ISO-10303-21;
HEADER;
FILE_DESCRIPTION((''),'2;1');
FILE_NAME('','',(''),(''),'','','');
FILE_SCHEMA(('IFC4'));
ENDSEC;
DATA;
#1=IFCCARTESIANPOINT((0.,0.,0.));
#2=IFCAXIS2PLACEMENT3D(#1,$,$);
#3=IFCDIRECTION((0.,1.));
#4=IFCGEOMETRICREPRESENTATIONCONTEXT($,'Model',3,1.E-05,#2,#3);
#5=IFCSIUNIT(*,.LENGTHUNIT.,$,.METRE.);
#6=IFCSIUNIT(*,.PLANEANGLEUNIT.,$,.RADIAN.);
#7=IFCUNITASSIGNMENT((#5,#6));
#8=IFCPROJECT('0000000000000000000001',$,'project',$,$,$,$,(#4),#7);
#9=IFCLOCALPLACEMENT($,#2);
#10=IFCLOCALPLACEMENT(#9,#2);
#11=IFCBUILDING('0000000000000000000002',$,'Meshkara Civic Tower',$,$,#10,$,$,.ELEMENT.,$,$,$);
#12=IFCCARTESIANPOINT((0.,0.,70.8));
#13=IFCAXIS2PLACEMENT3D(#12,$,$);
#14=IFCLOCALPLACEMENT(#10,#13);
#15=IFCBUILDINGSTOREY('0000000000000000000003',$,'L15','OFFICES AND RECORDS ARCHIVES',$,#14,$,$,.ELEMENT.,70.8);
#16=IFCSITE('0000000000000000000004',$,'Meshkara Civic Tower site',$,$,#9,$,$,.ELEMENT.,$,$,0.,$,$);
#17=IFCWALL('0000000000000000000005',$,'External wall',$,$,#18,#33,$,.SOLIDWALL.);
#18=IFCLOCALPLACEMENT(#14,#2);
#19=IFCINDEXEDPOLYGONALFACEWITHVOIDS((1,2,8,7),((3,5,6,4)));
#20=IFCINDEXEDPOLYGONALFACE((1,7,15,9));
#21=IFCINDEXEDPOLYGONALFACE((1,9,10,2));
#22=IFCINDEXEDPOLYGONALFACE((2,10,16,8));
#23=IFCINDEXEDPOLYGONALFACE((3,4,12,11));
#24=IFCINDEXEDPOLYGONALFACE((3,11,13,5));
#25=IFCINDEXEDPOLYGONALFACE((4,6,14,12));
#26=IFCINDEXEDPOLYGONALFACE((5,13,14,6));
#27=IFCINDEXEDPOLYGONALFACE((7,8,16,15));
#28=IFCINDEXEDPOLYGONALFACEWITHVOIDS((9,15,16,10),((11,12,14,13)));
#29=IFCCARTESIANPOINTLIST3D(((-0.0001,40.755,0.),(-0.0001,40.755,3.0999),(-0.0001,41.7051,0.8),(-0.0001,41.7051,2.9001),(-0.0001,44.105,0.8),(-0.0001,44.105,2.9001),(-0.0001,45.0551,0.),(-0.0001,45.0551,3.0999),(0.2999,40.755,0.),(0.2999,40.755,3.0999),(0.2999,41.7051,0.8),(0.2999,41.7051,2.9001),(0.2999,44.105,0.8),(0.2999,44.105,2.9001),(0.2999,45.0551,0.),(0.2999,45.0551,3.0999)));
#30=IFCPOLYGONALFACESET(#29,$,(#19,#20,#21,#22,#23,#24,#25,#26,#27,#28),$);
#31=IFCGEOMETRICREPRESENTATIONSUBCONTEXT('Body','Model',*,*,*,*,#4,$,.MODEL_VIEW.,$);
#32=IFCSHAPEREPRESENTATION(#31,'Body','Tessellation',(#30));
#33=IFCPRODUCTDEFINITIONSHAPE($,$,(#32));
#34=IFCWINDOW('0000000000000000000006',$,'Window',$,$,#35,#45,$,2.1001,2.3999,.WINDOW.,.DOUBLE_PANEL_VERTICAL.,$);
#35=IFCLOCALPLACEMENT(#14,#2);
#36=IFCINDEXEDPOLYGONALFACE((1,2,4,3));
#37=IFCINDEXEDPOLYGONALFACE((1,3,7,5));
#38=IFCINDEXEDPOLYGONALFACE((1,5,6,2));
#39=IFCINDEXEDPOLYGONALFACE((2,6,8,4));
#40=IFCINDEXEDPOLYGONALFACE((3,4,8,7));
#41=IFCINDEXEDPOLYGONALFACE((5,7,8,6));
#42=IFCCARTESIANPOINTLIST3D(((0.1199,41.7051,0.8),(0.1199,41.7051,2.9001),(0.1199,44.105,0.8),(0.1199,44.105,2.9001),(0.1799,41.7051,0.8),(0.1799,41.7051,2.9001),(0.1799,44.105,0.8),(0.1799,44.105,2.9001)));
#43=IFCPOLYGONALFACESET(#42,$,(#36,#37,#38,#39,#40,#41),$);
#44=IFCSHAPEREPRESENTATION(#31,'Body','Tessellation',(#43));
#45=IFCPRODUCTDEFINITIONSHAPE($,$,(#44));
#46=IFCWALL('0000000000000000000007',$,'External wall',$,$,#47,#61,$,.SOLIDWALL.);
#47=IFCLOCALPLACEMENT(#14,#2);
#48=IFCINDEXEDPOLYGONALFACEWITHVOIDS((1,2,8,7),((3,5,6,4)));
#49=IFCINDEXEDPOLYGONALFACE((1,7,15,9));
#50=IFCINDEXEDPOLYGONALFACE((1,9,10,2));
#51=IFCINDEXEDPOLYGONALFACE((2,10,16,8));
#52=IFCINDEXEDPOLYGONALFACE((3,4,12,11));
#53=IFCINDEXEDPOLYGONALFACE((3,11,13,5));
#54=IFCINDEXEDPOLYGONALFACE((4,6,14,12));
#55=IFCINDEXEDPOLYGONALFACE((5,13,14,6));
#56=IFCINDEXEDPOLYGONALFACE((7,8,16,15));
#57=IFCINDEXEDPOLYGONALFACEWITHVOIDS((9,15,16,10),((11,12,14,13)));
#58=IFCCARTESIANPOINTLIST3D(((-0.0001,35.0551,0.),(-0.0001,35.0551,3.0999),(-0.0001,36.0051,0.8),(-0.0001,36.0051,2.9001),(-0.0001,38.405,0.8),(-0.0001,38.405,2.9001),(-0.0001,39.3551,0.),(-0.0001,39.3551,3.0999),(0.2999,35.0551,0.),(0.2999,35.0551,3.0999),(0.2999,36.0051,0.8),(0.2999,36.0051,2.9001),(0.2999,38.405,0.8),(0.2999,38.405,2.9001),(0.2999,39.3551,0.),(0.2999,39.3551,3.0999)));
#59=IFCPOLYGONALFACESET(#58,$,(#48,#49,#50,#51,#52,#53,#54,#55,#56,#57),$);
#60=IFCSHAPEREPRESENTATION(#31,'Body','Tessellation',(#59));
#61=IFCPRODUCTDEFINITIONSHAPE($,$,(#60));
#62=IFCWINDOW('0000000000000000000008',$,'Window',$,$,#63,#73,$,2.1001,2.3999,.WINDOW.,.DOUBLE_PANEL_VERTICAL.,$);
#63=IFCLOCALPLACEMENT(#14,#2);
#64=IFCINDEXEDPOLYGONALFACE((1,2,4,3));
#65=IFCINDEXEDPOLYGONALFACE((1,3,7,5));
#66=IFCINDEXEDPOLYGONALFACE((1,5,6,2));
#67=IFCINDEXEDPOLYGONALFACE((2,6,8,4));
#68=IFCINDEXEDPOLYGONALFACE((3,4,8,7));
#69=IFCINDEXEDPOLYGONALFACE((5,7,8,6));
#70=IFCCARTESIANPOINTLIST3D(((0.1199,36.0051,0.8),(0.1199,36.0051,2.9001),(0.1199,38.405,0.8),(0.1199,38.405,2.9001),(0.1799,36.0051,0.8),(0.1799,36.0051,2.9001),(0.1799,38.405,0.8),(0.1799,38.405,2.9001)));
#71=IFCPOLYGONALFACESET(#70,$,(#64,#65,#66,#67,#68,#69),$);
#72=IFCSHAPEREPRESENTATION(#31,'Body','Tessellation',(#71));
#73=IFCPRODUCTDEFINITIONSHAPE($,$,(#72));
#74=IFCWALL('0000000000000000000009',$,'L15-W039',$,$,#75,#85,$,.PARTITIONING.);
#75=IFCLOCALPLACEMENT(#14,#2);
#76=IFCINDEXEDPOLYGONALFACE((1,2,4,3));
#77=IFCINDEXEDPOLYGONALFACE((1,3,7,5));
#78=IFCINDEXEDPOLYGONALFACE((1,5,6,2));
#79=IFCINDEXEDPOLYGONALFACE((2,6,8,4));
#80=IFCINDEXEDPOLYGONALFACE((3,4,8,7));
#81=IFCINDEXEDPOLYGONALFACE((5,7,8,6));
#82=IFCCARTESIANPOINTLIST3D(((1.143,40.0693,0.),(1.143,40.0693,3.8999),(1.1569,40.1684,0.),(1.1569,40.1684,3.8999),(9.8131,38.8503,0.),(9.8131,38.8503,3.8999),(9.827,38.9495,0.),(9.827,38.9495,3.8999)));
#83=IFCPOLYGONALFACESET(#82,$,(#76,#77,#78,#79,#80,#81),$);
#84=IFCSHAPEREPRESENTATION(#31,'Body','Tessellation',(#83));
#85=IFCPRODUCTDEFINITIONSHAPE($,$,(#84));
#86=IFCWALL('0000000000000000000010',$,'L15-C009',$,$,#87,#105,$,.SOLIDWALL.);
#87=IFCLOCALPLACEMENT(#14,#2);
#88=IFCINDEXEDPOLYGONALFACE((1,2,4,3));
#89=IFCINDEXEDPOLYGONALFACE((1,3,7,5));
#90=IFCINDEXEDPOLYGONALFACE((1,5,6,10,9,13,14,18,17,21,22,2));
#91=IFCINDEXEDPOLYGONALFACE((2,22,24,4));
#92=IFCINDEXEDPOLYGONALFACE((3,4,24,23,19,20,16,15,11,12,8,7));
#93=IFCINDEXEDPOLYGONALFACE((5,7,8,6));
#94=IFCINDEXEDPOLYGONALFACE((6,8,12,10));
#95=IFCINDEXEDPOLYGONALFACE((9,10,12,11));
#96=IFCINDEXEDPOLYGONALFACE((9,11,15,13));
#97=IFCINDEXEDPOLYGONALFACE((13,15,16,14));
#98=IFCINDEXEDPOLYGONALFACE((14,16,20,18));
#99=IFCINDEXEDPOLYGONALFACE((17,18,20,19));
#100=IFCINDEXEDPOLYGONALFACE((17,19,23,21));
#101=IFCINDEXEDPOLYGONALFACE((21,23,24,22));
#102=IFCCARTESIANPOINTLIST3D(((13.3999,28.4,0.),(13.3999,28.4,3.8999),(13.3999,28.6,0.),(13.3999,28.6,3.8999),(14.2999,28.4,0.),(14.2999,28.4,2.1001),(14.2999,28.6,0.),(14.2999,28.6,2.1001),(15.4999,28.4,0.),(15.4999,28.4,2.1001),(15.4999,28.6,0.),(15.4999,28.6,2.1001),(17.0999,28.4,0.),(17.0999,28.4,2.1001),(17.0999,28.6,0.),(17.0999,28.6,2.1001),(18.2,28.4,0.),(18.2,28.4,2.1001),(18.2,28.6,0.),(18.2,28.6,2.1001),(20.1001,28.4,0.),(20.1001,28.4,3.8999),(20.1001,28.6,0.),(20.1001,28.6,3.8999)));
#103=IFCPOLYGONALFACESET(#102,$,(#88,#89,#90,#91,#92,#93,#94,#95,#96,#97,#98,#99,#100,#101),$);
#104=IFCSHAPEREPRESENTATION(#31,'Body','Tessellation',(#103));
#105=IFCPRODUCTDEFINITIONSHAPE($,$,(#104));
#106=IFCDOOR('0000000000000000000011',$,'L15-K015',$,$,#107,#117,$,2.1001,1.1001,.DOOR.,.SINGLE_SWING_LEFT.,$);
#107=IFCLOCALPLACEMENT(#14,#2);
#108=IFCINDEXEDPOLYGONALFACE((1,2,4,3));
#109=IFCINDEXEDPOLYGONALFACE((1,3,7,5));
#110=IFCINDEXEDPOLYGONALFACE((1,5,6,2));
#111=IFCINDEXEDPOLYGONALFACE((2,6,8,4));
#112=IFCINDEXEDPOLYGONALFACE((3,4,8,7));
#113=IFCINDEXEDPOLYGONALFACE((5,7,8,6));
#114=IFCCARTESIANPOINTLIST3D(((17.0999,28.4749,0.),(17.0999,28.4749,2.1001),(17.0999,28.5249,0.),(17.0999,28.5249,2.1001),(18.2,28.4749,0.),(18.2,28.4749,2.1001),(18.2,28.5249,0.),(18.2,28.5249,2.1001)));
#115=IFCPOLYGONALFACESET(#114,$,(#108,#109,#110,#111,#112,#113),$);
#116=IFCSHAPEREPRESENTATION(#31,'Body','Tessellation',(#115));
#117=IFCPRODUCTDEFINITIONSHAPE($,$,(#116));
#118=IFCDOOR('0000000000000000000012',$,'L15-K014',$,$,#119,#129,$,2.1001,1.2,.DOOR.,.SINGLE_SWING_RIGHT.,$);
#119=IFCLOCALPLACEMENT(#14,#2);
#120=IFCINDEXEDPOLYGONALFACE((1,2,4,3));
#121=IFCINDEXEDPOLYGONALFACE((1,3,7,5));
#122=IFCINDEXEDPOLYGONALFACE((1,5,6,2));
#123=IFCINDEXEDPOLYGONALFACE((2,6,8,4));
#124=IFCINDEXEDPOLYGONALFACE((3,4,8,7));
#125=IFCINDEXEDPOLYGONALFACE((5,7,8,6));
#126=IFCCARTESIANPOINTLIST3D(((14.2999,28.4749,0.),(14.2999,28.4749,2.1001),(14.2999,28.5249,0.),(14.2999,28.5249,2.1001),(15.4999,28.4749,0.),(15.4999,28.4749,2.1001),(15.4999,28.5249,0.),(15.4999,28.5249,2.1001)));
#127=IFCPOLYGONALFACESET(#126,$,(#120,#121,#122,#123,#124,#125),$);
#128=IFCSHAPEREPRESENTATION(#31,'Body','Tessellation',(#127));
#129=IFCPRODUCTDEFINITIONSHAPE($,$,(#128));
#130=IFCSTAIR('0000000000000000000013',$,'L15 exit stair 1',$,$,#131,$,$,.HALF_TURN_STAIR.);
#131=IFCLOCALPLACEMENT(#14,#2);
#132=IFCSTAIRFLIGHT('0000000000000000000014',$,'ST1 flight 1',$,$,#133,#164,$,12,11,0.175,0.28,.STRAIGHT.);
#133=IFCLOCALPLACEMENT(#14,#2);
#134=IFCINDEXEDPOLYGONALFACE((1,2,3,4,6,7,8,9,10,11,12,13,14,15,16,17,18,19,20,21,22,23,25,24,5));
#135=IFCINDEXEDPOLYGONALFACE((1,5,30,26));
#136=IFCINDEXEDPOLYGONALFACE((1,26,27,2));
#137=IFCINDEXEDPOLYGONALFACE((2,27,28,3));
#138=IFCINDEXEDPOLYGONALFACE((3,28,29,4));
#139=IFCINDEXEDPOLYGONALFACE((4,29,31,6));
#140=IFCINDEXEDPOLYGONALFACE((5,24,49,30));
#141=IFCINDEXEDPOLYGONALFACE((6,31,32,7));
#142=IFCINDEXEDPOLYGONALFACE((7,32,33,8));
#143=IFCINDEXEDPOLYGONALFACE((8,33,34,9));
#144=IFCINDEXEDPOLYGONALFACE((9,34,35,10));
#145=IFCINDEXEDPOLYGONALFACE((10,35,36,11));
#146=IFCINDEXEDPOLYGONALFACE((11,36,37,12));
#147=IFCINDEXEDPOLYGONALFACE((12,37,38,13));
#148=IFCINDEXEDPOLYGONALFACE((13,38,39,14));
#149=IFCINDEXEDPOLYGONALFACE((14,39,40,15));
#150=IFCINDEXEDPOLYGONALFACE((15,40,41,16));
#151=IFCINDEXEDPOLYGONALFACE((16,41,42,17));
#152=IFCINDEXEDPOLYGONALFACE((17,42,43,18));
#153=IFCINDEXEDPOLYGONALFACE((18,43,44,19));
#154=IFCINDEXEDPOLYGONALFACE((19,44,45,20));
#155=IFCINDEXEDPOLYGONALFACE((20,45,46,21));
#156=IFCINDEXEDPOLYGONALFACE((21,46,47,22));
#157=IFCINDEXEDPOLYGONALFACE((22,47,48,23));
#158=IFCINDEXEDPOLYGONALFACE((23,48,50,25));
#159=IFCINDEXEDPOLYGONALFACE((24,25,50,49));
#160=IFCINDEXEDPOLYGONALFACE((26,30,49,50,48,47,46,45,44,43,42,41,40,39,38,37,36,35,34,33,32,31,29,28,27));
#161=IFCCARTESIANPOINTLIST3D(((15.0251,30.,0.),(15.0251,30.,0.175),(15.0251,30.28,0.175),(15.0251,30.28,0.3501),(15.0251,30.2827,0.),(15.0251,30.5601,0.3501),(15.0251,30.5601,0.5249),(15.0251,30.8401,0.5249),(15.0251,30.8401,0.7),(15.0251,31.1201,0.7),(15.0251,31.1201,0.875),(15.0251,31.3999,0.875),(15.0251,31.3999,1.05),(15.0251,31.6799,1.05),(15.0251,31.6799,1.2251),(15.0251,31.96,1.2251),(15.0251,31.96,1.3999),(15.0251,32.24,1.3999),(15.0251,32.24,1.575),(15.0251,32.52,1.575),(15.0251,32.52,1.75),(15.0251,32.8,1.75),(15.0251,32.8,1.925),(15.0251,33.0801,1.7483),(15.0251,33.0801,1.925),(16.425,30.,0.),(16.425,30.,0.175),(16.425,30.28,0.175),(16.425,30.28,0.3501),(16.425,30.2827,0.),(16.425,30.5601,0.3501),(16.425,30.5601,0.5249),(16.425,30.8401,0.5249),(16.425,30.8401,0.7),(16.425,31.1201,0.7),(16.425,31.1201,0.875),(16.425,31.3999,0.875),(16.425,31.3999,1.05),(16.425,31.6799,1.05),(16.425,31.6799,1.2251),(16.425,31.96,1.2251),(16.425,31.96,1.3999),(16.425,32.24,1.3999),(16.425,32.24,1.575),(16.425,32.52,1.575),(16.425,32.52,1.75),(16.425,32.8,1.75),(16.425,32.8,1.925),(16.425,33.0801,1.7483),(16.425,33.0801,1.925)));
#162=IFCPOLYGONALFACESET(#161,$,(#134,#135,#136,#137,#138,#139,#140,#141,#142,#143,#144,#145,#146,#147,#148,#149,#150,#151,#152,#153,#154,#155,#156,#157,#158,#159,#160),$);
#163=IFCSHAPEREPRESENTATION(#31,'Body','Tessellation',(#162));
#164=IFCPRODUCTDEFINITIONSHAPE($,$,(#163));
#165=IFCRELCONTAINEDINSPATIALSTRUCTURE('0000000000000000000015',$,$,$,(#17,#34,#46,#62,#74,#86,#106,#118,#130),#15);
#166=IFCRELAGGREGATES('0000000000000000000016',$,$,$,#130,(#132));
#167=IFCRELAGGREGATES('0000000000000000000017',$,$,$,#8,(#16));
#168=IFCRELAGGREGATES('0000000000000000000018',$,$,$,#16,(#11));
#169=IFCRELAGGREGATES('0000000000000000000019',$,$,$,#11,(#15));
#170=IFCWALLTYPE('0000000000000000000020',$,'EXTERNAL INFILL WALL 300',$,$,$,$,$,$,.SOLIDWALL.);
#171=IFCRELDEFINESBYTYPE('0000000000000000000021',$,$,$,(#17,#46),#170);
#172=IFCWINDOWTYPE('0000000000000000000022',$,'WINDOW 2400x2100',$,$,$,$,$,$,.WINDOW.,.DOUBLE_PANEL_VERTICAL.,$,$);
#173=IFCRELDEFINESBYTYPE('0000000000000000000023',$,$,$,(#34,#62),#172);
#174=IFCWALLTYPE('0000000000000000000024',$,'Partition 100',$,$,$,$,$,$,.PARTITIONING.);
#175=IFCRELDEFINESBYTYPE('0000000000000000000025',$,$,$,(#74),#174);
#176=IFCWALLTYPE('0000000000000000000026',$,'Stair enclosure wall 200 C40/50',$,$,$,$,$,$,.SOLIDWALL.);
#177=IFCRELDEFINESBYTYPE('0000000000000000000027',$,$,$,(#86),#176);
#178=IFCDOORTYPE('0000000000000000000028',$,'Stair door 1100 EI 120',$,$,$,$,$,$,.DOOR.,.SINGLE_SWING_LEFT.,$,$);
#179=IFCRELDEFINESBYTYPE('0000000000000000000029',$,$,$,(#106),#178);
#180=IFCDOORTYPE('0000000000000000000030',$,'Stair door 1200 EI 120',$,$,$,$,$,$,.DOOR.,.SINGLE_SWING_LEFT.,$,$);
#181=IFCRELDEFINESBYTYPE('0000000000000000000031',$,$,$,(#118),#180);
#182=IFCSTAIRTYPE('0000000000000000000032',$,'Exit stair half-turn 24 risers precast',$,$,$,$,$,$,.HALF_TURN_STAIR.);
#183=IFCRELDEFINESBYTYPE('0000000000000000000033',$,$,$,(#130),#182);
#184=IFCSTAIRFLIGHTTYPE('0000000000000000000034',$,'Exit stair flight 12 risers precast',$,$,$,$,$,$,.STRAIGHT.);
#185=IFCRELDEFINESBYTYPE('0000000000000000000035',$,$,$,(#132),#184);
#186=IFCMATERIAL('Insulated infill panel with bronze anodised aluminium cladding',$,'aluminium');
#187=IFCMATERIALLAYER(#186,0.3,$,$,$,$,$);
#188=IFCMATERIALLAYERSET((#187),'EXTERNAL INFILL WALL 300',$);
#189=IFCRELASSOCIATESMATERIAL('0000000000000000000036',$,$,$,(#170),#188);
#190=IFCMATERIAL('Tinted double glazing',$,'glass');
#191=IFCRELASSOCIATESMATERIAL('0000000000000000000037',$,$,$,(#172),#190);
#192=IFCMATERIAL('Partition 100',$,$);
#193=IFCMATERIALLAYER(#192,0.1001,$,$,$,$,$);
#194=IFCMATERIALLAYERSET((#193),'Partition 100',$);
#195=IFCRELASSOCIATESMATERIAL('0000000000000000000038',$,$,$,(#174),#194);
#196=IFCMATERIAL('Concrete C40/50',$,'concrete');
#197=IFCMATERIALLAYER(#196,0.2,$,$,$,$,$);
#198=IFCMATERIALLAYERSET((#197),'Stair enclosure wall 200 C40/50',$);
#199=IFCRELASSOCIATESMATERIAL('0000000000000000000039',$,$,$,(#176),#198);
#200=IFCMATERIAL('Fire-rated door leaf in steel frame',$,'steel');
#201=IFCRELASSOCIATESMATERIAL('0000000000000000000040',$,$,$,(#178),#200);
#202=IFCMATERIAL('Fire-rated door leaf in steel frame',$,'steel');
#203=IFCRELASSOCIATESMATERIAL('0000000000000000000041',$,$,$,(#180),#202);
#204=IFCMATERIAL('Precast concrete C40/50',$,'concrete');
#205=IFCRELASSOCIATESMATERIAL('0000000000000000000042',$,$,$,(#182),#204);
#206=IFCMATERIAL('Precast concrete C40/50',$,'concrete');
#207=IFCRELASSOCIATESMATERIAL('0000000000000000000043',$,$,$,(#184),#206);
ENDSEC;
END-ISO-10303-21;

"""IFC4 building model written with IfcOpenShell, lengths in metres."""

from ifc_helpers import new_model, si_unit, direction, frame, frame_2d, origin, place, context, subcontext, project, spatial, polyline, rectangle, outline, extrude, material, layer, layer_set, type_object, element, fill, aggregate, save


model = new_model("IFC4")

# Units and contexts
model_context = context("Model", 3, precision=1e-05, world=origin(), true_north=direction((0.0, 1.0)))
body_context = subcontext(model_context, "Body", "Model", "MODEL_VIEW")
ifc_project = project(units=[si_unit("LENGTHUNIT", "METRE"), si_unit("PLANEANGLEUNIT", "RADIAN")], contexts=[model_context])

# Site, building, storey
site_placement = place(None, origin())
site = spatial("IfcSite", under=ifc_project, at=site_placement, Name="Meshkara Civic Tower site", CompositionType="ELEMENT", RefElevation=0.0)
building_placement = place(site_placement, origin())
building = spatial("IfcBuilding", under=site, at=building_placement, Name="Meshkara Civic Tower", CompositionType="ELEMENT")
storey_placement = place(building_placement, frame((0.0, 0.0, 70.8)))
storey = spatial("IfcBuildingStorey", under=building, at=storey_placement, Name="L15", Description="OFFICES AND RECORDS ARCHIVES", CompositionType="ELEMENT", Elevation=70.8)

# Walls, openings, windows
ifc_material_1 = material(Name="Insulated infill panel with bronze anodised aluminium cladding", Category="aluminium")
ifc_layer_1 = layer(ifc_material_1, 0.3)
ifc_layer_set_1 = layer_set([ifc_layer_1], Name="EXTERNAL INFILL WALL 300")
wall_type_1 = type_object("IfcWallType", Name="EXTERNAL INFILL WALL 300", PredefinedType="SOLIDWALL", material=ifc_layer_set_1)
wall_1_placement = place(storey_placement, frame((0.1499, 45.0549, 0.0), z_axis=(0.0, 0.0, 1.0), x_axis=(0.0, -1.0, 0.0)))
wall_1 = element("IfcWall", 1, at=wall_1_placement, inside=storey, type_object=wall_type_1, Name="External wall", PredefinedType="SOLIDWALL", context=body_context, shape_type="SweptSolid", body=[
    extrude(rectangle(XDim=4.3, YDim=0.3, at=frame_2d((2.1499, 0.0))), origin(), (0.0, 0.0, 1.0), 3.0999),
])
opening_1_placement = place(wall_1_placement, frame((0.95, 0.0, 0.8)))
opening_1 = element("IfcOpeningElement", 2, at=opening_1_placement, cuts=wall_1, PredefinedType="OPENING", context=body_context, shape_type="SweptSolid", body=[
    extrude(rectangle(XDim=2.3999, YDim=2.1001, at=frame_2d((1.2, 1.05))), frame((0.0, 0.1599, 0.0), z_axis=(0.0, -1.0, 0.0), x_axis=(1.0, 0.0, 0.0)), (0.0, 0.0, 1.0), 0.3201),
])
ifc_material_2 = material(Name="Tinted double glazing", Category="glass")
window_type = type_object("IfcWindowType", Name="WINDOW 2400x2100", PartitioningType="DOUBLE_PANEL_VERTICAL", PredefinedType="WINDOW", material=ifc_material_2)
window_1_placement = place(opening_1_placement, origin())
window_1 = element("IfcWindow", 3, at=window_1_placement, inside=storey, type_object=window_type, Name="Window", OverallHeight=2.1001, OverallWidth=2.3999, PartitioningType="DOUBLE_PANEL_VERTICAL", PredefinedType="WINDOW", context=body_context, shape_type="SweptSolid", body=[
    extrude(rectangle(XDim=2.3999, YDim=2.1001, at=frame_2d((1.2, 1.05))), frame((0.0, 0.03, 0.0), z_axis=(0.0, -1.0, 0.0), x_axis=(1.0, 0.0, 0.0)), (0.0, 0.0, 1.0), 0.0601),
])
fill(opening_1, window_1)
wall_2_placement = place(storey_placement, frame((0.1499, 39.355, 0.0), z_axis=(0.0, 0.0, 1.0), x_axis=(0.0, -1.0, 0.0)))
wall_2 = element("IfcWall", 4, at=wall_2_placement, inside=storey, type_object=wall_type_1, Name="External wall", PredefinedType="SOLIDWALL", context=body_context, shape_type="SweptSolid", body=[
    extrude(rectangle(XDim=4.3, YDim=0.3, at=frame_2d((2.1499, 0.0))), origin(), (0.0, 0.0, 1.0), 3.0999),
])
opening_2_placement = place(wall_2_placement, frame((0.95, 0.0, 0.8)))
opening_2 = element("IfcOpeningElement", 5, at=opening_2_placement, cuts=wall_2, PredefinedType="OPENING", context=body_context, shape_type="SweptSolid", body=[
    extrude(rectangle(XDim=2.3999, YDim=2.1001, at=frame_2d((1.2, 1.05))), frame((0.0, 0.1599, 0.0), z_axis=(0.0, -1.0, 0.0), x_axis=(1.0, 0.0, 0.0)), (0.0, 0.0, 1.0), 0.3201),
])
window_2_placement = place(opening_2_placement, origin())
window_2 = element("IfcWindow", 6, at=window_2_placement, inside=storey, type_object=window_type, Name="Window", OverallHeight=2.1001, OverallWidth=2.3999, PartitioningType="DOUBLE_PANEL_VERTICAL", PredefinedType="WINDOW", context=body_context, shape_type="SweptSolid", body=[
    extrude(rectangle(XDim=2.3999, YDim=2.1001, at=frame_2d((1.2, 1.05))), frame((0.0, 0.03, 0.0), z_axis=(0.0, -1.0, 0.0), x_axis=(1.0, 0.0, 0.0)), (0.0, 0.0, 1.0), 0.0601),
])
fill(opening_2, window_2)

# Wall
ifc_material_3 = material(Name="Partition 100")
ifc_layer_2 = layer(ifc_material_3, 0.1001)
ifc_layer_set_2 = layer_set([ifc_layer_2], Name="Partition 100")
wall_type_2 = type_object("IfcWallType", Name="Partition 100", PredefinedType="PARTITIONING", material=ifc_layer_set_2)
wall_3_placement = place(storey_placement, frame((9.8201, 38.8999, 0.0), z_axis=(0.0, 0.0, 1.0), x_axis=(-0.99026, 0.139227, 0.0)))
element("IfcWall", 7, at=wall_3_placement, inside=storey, type_object=wall_type_2, Name="L15-W039", PredefinedType="PARTITIONING", context=body_context, shape_type="SweptSolid", body=[
    extrude(rectangle(XDim=8.7554, YDim=0.1001, at=frame_2d((4.3777, 0.0))), origin(), (0.0, 0.0, 1.0), 3.8999),
])

# Wall, openings, doors
ifc_material_4 = material(Name="Concrete C40/50", Category="concrete")
ifc_layer_3 = layer(ifc_material_4, 0.2)
ifc_layer_set_3 = layer_set([ifc_layer_3], Name="Stair enclosure wall 200 C40/50")
wall_type_3 = type_object("IfcWallType", Name="Stair enclosure wall 200 C40/50", PredefinedType="SOLIDWALL", material=ifc_layer_set_3)
wall_4_placement = place(storey_placement, frame((13.3999, 28.5, 0.0), z_axis=(0.0, 0.0, 1.0), x_axis=(1.0, 0.0, 0.0)))
wall_4 = element("IfcWall", 8, at=wall_4_placement, inside=storey, type_object=wall_type_3, Name="L15-C009", PredefinedType="SOLIDWALL", context=body_context, shape_type="SweptSolid", body=[
    extrude(rectangle(XDim=6.7002, YDim=0.2, at=frame_2d((3.3501, 0.0))), origin(), (0.0, 0.0, 1.0), 3.8999),
])
opening_3_placement = place(wall_4_placement, frame((0.8999, 0.0, 0.0)))
opening_3 = element("IfcOpeningElement", 9, at=opening_3_placement, cuts=wall_4, PredefinedType="OPENING", context=body_context, shape_type="SweptSolid", body=[
    extrude(rectangle(XDim=1.2, YDim=2.1001, at=frame_2d((0.6001, 1.05))), frame((0.0, 0.1099, 0.0), z_axis=(0.0, -1.0, 0.0), x_axis=(1.0, 0.0, 0.0)), (0.0, 0.0, 1.0), 0.22),
])
opening_4_placement = place(wall_4_placement, frame((3.7, 0.0, 0.0)))
opening_4 = element("IfcOpeningElement", 10, at=opening_4_placement, cuts=wall_4, PredefinedType="OPENING", context=body_context, shape_type="SweptSolid", body=[
    extrude(rectangle(XDim=1.1001, YDim=2.1001, at=frame_2d((0.55, 1.05))), frame((0.0, 0.1099, 0.0), z_axis=(0.0, -1.0, 0.0), x_axis=(1.0, 0.0, 0.0)), (0.0, 0.0, 1.0), 0.22),
])
ifc_material_5 = material(Name="Fire-rated door leaf in steel frame", Category="steel")
door_type_1 = type_object("IfcDoorType", Name="Stair door 1100 EI 120", OperationType="SINGLE_SWING_LEFT", PredefinedType="DOOR", material=ifc_material_5)
door_1_placement = place(opening_4_placement, origin())
door_1 = element("IfcDoor", 11, at=door_1_placement, inside=storey, type_object=door_type_1, Name="L15-K015", OperationType="SINGLE_SWING_LEFT", OverallHeight=2.1001, OverallWidth=1.1001, PredefinedType="DOOR", context=body_context, shape_type="SweptSolid", body=[
    extrude(rectangle(XDim=1.1001, YDim=2.1001, at=frame_2d((0.55, 1.05))), frame((0.0, 0.0249, 0.0), z_axis=(0.0, -1.0, 0.0), x_axis=(1.0, 0.0, 0.0)), (0.0, 0.0, 1.0), 0.05),
])
fill(opening_4, door_1)
ifc_material_6 = material(Name="Fire-rated door leaf in steel frame", Category="steel")
door_type_2 = type_object("IfcDoorType", Name="Stair door 1200 EI 120", OperationType="SINGLE_SWING_LEFT", PredefinedType="DOOR", material=ifc_material_6)
door_2_placement = place(opening_3_placement, origin())
door_2 = element("IfcDoor", 12, at=door_2_placement, inside=storey, type_object=door_type_2, Name="L15-K014", OperationType="SINGLE_SWING_RIGHT", OverallHeight=2.1001, OverallWidth=1.2, PredefinedType="DOOR", context=body_context, shape_type="SweptSolid", body=[
    extrude(rectangle(XDim=1.2, YDim=2.1001, at=frame_2d((0.6001, 1.05))), frame((0.0, 0.0249, 0.0), z_axis=(0.0, -1.0, 0.0), x_axis=(1.0, 0.0, 0.0)), (0.0, 0.0, 1.0), 0.05),
])
fill(opening_3, door_2)

# Stair, stair flight
ifc_material_7 = material(Name="Precast concrete C40/50", Category="concrete")
stair_type = type_object("IfcStairType", Name="Exit stair half-turn 24 risers precast", PredefinedType="HALF_TURN_STAIR", material=ifc_material_7)
stair_placement = place(storey_placement, origin())
stair = element("IfcStair", 13, at=stair_placement, inside=storey, type_object=stair_type, Name="L15 exit stair 1", PredefinedType="HALF_TURN_STAIR")
ifc_material_8 = material(Name="Precast concrete C40/50", Category="concrete")
stair_flight_type = type_object("IfcStairFlightType", Name="Exit stair flight 12 risers precast", PredefinedType="STRAIGHT", material=ifc_material_8)
stair_flight_1_placement = place(storey_placement, frame((15.7251, 30.0, 0.0), z_axis=(0.0, 0.0, 1.0), x_axis=(0.0, 1.0, 0.0)))
stair_flight_1 = element("IfcStairFlight", 14, at=stair_flight_1_placement, type_object=stair_flight_type, Name="ST1 flight 1", NumberOfRisers=12, NumberOfTreads=11, PredefinedType="STRAIGHT", RiserHeight=0.175, TreadLength=0.28, context=body_context, shape_type="SweptSolid", body=[
    extrude(outline(polyline([(0.0, 0.0), (0.0, 0.175), (0.28, 0.175), (0.28, 0.3501), (0.5601, 0.3501), (0.5601, 0.5249), (0.8401, 0.5249), (0.8401, 0.7), (1.1201, 0.7), (1.1201, 0.875), (1.3999, 0.875), (1.3999, 1.05), (1.6799, 1.05), (1.6799, 1.2251), (1.96, 1.2251), (1.96, 1.3999), (2.24, 1.3999), (2.24, 1.575), (2.52, 1.575), (2.52, 1.75), (2.8, 1.75), (2.8, 1.925), (3.0801, 1.925), (3.0801, 2.1001), (3.0801, 1.7483), (0.2827, 0.0), (0.0, 0.0)])), frame((0.0, 0.7, 0.0), z_axis=(0.0, -1.0, 0.0), x_axis=(1.0, 0.0, 0.0)), (0.0, 0.0, 1.0), 1.3999),
])
aggregate(stair, [stair_flight_1])

save(model, "model.ifc")
